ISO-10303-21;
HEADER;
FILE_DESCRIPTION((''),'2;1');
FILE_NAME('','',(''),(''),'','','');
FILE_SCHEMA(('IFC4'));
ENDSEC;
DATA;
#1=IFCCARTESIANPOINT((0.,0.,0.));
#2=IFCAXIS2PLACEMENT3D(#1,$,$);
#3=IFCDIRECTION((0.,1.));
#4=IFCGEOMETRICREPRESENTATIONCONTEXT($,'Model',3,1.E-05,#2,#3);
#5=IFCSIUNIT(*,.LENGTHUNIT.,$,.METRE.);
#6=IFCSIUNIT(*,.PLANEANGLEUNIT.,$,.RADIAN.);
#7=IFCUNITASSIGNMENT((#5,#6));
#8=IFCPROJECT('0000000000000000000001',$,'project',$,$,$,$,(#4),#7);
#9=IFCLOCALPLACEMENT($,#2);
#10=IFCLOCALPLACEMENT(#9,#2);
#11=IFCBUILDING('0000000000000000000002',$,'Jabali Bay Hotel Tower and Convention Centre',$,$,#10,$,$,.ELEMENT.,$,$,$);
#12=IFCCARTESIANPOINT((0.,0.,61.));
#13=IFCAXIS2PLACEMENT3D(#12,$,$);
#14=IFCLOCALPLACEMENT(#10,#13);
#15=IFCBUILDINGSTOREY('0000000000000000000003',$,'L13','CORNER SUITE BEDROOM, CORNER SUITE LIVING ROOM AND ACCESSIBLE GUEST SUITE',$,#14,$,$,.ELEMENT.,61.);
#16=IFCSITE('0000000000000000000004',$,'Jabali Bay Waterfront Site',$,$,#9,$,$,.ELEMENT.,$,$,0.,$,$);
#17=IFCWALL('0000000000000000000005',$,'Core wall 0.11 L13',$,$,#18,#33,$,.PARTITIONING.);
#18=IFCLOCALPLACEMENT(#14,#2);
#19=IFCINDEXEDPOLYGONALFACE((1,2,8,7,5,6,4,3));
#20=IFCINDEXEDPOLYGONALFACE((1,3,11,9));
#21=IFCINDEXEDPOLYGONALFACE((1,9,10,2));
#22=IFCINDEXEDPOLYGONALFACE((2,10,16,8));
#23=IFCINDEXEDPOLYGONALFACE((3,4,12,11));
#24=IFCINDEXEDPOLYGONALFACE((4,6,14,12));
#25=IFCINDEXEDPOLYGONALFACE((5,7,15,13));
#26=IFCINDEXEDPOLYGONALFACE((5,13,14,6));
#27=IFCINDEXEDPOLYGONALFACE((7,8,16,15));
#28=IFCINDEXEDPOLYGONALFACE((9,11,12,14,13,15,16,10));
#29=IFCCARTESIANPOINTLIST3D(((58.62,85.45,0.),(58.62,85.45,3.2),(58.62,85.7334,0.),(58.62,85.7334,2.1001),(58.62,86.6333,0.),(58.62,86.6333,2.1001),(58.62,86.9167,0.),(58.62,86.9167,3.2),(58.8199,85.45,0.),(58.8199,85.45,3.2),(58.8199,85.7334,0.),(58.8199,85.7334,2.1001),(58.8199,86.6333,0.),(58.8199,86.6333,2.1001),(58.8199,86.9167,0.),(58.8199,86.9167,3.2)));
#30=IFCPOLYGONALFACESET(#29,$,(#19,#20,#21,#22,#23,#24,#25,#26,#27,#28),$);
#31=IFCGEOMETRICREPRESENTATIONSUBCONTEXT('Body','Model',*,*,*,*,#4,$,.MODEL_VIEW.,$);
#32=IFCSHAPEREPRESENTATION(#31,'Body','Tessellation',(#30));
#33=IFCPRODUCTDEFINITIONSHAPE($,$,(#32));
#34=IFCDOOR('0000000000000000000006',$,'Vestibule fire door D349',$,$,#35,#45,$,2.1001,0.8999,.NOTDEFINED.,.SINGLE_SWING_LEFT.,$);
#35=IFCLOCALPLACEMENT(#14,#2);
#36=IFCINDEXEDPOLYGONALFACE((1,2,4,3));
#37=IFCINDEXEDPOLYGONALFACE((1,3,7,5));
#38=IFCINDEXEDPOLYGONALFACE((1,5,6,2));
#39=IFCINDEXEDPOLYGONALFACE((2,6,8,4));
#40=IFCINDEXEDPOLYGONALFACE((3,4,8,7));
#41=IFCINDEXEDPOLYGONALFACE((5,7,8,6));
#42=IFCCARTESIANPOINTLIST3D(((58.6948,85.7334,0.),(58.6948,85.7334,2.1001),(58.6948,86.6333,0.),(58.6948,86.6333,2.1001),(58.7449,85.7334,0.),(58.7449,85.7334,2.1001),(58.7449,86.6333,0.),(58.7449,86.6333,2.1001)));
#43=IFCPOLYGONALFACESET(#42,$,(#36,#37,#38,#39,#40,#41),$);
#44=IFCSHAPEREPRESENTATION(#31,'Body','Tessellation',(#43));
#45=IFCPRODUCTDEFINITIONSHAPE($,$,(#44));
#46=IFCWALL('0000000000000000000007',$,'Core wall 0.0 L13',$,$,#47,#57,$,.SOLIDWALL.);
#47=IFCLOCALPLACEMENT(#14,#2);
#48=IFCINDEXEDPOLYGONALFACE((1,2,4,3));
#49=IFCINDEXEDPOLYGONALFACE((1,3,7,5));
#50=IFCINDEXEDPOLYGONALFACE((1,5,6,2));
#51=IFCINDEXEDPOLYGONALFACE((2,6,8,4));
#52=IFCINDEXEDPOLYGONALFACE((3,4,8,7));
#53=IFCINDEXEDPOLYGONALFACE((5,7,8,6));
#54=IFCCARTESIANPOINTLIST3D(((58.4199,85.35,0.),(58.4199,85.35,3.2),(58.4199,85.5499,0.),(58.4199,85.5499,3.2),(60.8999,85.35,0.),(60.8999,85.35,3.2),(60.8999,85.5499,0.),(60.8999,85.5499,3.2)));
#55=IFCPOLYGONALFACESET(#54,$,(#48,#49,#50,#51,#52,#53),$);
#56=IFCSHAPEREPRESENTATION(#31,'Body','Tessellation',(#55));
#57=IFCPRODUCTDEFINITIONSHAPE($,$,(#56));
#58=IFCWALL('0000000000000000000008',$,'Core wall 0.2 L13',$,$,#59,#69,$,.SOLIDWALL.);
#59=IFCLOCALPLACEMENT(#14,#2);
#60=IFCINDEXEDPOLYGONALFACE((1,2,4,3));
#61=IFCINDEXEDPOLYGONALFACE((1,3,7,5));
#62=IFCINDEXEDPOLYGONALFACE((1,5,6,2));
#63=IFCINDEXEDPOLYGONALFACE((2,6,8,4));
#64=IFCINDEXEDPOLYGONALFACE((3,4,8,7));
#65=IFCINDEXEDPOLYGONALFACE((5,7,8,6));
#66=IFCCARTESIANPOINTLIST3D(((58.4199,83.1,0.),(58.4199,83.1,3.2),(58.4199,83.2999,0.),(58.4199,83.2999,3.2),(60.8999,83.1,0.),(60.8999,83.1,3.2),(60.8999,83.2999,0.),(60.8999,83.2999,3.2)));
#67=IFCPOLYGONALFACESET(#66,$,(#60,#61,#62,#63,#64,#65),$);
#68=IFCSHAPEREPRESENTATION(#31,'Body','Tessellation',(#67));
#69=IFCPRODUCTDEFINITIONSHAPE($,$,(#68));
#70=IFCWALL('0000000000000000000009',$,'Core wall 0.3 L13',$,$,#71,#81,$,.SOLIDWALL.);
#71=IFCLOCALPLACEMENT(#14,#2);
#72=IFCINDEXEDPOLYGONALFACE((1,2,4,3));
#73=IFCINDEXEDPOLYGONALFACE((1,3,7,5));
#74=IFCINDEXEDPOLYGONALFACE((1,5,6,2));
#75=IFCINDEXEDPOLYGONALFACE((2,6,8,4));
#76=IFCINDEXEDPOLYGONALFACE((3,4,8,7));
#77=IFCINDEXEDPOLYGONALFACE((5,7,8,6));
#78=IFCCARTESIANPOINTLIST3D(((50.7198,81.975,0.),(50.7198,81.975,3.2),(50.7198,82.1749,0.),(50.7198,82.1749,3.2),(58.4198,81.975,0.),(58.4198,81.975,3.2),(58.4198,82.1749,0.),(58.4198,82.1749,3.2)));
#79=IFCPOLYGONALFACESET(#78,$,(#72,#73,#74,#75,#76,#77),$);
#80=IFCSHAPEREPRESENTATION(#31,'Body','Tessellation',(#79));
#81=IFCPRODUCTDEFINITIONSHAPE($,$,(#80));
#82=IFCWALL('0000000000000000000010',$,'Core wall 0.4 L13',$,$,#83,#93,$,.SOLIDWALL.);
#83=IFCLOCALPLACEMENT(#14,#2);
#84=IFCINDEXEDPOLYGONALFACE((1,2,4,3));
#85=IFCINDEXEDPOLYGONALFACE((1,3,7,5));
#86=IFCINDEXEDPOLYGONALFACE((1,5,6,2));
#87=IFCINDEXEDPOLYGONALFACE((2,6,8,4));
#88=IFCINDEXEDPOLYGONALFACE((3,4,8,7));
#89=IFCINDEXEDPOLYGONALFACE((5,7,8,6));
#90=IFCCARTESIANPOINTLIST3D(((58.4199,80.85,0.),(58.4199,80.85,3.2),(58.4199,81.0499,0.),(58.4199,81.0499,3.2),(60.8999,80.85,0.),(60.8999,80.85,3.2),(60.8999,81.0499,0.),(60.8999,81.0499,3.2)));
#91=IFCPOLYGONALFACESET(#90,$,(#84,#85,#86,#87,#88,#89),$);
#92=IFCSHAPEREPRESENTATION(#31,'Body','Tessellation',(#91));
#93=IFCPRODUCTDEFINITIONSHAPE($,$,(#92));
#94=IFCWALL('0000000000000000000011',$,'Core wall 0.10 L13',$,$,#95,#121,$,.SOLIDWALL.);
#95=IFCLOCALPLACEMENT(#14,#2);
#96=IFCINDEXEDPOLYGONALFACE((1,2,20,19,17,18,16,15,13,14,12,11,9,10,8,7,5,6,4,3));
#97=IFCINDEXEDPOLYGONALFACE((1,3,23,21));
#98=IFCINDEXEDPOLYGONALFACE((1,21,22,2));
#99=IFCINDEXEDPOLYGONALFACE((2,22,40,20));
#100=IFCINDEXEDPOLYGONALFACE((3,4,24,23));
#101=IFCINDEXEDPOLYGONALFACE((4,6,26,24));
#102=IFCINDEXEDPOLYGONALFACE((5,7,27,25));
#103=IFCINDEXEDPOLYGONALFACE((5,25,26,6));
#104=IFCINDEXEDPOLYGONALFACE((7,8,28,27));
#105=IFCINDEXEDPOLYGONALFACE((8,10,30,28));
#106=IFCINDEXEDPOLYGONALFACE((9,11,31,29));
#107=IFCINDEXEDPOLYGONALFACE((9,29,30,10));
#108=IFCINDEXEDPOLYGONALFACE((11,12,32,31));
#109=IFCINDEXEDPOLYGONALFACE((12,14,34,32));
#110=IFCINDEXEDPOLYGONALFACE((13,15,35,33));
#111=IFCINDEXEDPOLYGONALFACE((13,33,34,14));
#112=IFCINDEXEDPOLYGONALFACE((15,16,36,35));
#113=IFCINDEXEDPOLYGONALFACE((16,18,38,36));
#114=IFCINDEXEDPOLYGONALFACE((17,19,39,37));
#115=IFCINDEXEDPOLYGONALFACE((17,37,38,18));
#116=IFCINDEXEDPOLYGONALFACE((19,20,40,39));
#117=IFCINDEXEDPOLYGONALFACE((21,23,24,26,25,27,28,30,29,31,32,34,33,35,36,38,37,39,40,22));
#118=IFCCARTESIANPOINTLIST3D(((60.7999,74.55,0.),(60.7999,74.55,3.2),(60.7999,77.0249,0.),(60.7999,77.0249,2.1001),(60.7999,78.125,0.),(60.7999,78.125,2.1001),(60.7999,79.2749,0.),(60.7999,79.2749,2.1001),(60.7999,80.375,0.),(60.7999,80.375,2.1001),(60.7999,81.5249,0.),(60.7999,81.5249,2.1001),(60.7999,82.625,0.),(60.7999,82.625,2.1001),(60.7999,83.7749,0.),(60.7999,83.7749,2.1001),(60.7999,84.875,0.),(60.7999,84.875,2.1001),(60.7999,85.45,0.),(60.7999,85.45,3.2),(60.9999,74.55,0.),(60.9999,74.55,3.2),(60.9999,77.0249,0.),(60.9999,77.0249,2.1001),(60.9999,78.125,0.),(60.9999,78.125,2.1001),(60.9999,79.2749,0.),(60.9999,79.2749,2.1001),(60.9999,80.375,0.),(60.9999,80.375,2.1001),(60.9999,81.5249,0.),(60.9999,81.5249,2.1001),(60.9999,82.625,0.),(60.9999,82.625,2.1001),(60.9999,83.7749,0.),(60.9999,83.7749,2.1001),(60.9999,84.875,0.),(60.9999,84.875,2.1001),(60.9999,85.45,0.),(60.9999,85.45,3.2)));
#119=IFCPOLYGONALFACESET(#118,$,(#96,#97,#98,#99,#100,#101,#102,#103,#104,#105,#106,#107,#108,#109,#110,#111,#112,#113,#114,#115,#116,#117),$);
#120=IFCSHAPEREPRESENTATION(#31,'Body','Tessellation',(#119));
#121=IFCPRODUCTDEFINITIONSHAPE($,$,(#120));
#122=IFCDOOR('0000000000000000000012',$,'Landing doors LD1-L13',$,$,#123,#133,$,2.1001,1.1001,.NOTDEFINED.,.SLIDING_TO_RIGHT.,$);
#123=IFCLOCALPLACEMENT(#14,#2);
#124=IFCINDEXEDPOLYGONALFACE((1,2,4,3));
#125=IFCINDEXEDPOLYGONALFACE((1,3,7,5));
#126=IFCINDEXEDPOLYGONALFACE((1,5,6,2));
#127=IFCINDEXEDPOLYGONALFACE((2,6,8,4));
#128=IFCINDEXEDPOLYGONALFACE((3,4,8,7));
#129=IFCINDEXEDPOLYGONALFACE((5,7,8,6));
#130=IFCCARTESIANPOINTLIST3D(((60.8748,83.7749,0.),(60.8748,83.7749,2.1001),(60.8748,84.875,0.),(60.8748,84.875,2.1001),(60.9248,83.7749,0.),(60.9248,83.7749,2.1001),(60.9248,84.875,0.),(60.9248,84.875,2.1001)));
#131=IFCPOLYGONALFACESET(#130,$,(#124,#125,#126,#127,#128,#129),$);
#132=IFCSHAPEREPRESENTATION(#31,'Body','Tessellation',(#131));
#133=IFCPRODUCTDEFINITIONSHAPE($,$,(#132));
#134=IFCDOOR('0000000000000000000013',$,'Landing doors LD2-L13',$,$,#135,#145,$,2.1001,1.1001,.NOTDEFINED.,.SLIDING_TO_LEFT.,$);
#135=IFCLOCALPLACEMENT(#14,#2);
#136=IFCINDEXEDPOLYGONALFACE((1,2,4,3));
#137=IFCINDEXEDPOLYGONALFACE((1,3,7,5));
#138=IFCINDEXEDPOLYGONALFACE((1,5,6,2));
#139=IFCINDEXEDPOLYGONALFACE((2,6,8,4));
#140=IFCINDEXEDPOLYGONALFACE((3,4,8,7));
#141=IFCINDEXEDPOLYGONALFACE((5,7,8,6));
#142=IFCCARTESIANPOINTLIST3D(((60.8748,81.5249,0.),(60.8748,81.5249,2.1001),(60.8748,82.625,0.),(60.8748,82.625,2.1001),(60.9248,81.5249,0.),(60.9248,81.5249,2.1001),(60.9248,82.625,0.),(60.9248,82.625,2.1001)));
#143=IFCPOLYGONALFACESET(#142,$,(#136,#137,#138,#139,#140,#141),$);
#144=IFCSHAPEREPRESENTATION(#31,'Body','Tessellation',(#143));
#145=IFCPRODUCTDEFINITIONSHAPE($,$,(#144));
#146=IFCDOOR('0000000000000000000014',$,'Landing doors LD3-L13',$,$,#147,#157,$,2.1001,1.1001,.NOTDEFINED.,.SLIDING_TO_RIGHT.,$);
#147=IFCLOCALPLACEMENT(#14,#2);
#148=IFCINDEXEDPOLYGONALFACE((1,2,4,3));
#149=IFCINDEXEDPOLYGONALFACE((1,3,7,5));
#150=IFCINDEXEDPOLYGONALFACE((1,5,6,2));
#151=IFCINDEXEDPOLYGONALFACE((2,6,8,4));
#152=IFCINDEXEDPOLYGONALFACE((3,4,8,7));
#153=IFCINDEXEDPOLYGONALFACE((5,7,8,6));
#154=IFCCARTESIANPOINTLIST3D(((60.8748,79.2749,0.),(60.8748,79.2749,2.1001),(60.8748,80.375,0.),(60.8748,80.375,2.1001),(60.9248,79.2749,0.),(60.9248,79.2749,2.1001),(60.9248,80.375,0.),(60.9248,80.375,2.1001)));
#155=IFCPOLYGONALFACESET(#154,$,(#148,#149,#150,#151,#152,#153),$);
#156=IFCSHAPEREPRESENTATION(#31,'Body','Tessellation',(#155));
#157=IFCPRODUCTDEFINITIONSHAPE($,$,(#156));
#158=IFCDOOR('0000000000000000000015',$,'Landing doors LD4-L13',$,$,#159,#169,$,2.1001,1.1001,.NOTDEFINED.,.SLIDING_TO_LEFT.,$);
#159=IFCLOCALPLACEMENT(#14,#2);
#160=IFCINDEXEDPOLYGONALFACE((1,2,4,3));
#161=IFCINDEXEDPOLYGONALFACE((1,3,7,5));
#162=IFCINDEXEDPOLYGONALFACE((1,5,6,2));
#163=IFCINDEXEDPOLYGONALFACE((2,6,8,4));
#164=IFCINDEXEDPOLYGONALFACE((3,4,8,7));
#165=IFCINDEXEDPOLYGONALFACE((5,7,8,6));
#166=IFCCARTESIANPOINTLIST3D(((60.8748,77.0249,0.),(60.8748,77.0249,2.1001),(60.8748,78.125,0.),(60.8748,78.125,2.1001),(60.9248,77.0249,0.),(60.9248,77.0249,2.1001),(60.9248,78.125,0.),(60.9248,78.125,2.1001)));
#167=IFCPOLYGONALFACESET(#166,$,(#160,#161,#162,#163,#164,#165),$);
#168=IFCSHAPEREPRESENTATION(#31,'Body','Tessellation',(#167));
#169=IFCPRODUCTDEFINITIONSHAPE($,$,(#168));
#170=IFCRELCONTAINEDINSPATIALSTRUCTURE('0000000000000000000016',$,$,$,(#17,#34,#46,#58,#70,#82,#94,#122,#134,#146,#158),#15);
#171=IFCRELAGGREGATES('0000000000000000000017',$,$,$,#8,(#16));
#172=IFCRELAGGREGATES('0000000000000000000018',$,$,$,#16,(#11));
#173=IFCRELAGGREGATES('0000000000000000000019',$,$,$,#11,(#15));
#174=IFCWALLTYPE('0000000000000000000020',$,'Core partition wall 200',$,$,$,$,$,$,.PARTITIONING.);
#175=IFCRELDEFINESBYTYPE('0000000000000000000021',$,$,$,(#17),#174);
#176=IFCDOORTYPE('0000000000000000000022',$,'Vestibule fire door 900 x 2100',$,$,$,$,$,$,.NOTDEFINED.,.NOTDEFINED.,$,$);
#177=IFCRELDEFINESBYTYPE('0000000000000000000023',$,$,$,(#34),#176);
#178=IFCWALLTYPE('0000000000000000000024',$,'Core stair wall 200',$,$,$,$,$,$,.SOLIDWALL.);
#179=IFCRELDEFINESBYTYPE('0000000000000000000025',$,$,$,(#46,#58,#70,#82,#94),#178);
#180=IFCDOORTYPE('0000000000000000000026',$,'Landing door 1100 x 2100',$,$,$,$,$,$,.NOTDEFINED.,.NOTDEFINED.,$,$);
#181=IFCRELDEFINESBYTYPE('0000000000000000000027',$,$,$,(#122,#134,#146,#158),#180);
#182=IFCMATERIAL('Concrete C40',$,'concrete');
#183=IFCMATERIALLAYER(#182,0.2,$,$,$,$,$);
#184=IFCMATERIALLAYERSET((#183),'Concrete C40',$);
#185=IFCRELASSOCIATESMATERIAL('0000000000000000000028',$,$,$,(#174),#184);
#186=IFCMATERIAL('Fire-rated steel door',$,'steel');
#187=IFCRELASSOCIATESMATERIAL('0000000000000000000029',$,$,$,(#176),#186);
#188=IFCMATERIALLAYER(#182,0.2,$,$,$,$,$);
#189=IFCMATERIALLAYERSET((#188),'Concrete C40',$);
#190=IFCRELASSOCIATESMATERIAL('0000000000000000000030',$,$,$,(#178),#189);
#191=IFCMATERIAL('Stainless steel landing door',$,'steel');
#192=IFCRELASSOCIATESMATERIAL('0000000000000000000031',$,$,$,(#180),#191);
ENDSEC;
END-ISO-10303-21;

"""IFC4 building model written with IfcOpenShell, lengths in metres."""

from ifc_helpers import new_model, si_unit, direction, frame, frame_2d, origin, place, context, subcontext, project, spatial, rectangle, extrude, material, layer, layer_set, type_object, element, fill, save


model = new_model("IFC4")

# Units and contexts
model_context = context("Model", 3, precision=1e-05, world=origin(), true_north=direction((0.0, 1.0)))
body_context = subcontext(model_context, "Body", "Model", "MODEL_VIEW")
ifc_project = project(units=[si_unit("LENGTHUNIT", "METRE"), si_unit("PLANEANGLEUNIT", "RADIAN")], contexts=[model_context])

# Site, building, storey
site_placement = place(None, origin())
site = spatial("IfcSite", under=ifc_project, at=site_placement, Name="Jabali Bay Waterfront Site", CompositionType="ELEMENT", RefElevation=0.0)
building_placement = place(site_placement, origin())
building = spatial("IfcBuilding", under=site, at=building_placement, Name="Jabali Bay Hotel Tower and Convention Centre", CompositionType="ELEMENT")
storey_placement = place(building_placement, frame((0.0, 0.0, 61.0)))
storey = spatial("IfcBuildingStorey", under=building, at=storey_placement, Name="L13", Description="CORNER SUITE BEDROOM, CORNER SUITE LIVING ROOM AND ACCESSIBLE GUEST SUITE", CompositionType="ELEMENT", Elevation=61.0)

# Wall, opening, door
ifc_material_1 = material(Name="Concrete C40", Category="concrete")
ifc_layer_1 = layer(ifc_material_1, 0.2)
ifc_layer_set_1 = layer_set([ifc_layer_1], Name="Concrete C40")
wall_type_1 = type_object("IfcWallType", Name="Core partition wall 200", PredefinedType="PARTITIONING", material=ifc_layer_set_1)
wall_1_placement = place(storey_placement, frame((58.72, 86.9167, 0.0), z_axis=(0.0, 0.0, 1.0), x_axis=(0.0, -1.0, 0.0)))
wall_1 = element("IfcWall", 1, at=wall_1_placement, inside=storey, type_object=wall_type_1, Name="Core wall 0.11 L13", PredefinedType="PARTITIONING", context=body_context, shape_type="SweptSolid", body=[
    extrude(rectangle(XDim=1.4668, YDim=0.2, at=frame_2d((0.7334, 0.0))), origin(), (0.0, 0.0, 1.0), 3.2),
])
opening_1_placement = place(wall_1_placement, frame((0.2834, 0.0, 0.0)))
opening_1 = element("IfcOpeningElement", 2, at=opening_1_placement, cuts=wall_1, PredefinedType="OPENING", context=body_context, shape_type="SweptSolid", body=[
    extrude(rectangle(XDim=0.8999, YDim=2.1001, at=frame_2d((0.45, 1.05))), frame((0.0, 0.1104, 0.0), z_axis=(0.0, -1.0, 0.0), x_axis=(1.0, 0.0, 0.0)), (0.0, 0.0, 1.0), 0.2209),
])
ifc_material_2 = material(Name="Fire-rated steel door", Category="steel")
door_type_1 = type_object("IfcDoorType", Name="Vestibule fire door 900 x 2100", OperationType="NOTDEFINED", PredefinedType="NOTDEFINED", material=ifc_material_2)
door_1_placement = place(opening_1_placement, origin())
door_1 = element("IfcDoor", 3, at=door_1_placement, inside=storey, type_object=door_type_1, Name="Vestibule fire door D349", OperationType="SINGLE_SWING_LEFT", OverallHeight=2.1001, OverallWidth=0.8999, PredefinedType="NOTDEFINED", context=body_context, shape_type="SweptSolid", body=[
    extrude(rectangle(XDim=0.8999, YDim=2.1001, at=frame_2d((0.45, 1.05))), frame((0.0, 0.0249, 0.0), z_axis=(0.0, -1.0, 0.0), x_axis=(1.0, 0.0, 0.0)), (0.0, 0.0, 1.0), 0.05),
])
fill(opening_1, door_1)

# Walls
ifc_layer_2 = layer(ifc_material_1, 0.2)
ifc_layer_set_2 = layer_set([ifc_layer_2], Name="Concrete C40")
wall_type_2 = type_object("IfcWallType", Name="Core stair wall 200", PredefinedType="SOLIDWALL", material=ifc_layer_set_2)
for number, where, z_axis, x_axis, name in (
    (4, (60.8999, 85.45, 0.0), (0.0, 0.0, 1.0), (-1.0, 0.0, 0.0), "Core wall 0.0 L13"),
    (5, (60.8999, 83.2, 0.0), (0.0, 0.0, 1.0), (-1.0, 0.0, 0.0), "Core wall 0.2 L13"),
):
    element("IfcWall", number, at=place(storey_placement, frame(where, z_axis=z_axis, x_axis=x_axis)), inside=storey, type_object=wall_type_2, Name=name, PredefinedType="SOLIDWALL", context=body_context, shape_type="SweptSolid", body=[
        extrude(rectangle(XDim=2.48, YDim=0.2, at=frame_2d((1.24, 0.0))), origin(), (0.0, 0.0, 1.0), 3.2),
    ])
wall_2_placement = place(storey_placement, frame((58.4199, 82.075, 0.0), z_axis=(0.0, 0.0, 1.0), x_axis=(-1.0, 0.0, 0.0)))
element("IfcWall", 6, at=wall_2_placement, inside=storey, type_object=wall_type_2, Name="Core wall 0.3 L13", PredefinedType="SOLIDWALL", context=body_context, shape_type="SweptSolid", body=[
    extrude(rectangle(XDim=7.7, YDim=0.2, at=frame_2d((3.8501, 0.0))), origin(), (0.0, 0.0, 1.0), 3.2),
])
wall_3_placement = place(storey_placement, frame((60.8999, 80.95, 0.0), z_axis=(0.0, 0.0, 1.0), x_axis=(-1.0, 0.0, 0.0)))
element("IfcWall", 7, at=wall_3_placement, inside=storey, type_object=wall_type_2, Name="Core wall 0.4 L13", PredefinedType="SOLIDWALL", context=body_context, shape_type="SweptSolid", body=[
    extrude(rectangle(XDim=2.48, YDim=0.2, at=frame_2d((1.24, 0.0))), origin(), (0.0, 0.0, 1.0), 3.2),
])

# Wall, openings, doors
wall_4_placement = place(storey_placement, frame((60.8999, 85.45, 0.0), z_axis=(0.0, 0.0, 1.0), x_axis=(0.0, -1.0, 0.0)))
wall_4 = element("IfcWall", 8, at=wall_4_placement, inside=storey, type_object=wall_type_2, Name="Core wall 0.10 L13", PredefinedType="SOLIDWALL", context=body_context, shape_type="SweptSolid", body=[
    extrude(rectangle(XDim=10.8999, YDim=0.2, at=frame_2d((5.45, 0.0))), origin(), (0.0, 0.0, 1.0), 3.2),
])
opening_2_placement = place(wall_4_placement, frame((0.575, 0.0, 0.0)))
opening_2 = element("IfcOpeningElement", 9, at=opening_2_placement, cuts=wall_4, PredefinedType="OPENING", context=body_context, shape_type="SweptSolid", body=[
    extrude(rectangle(XDim=1.1001, YDim=2.1001, at=frame_2d((0.55, 1.05))), frame((0.0, 0.1104, 0.0), z_axis=(0.0, -1.0, 0.0), x_axis=(1.0, 0.0, 0.0)), (0.0, 0.0, 1.0), 0.2209),
])
opening_3_placement = place(wall_4_placement, frame((2.825, 0.0, 0.0)))
opening_3 = element("IfcOpeningElement", 10, at=opening_3_placement, cuts=wall_4, PredefinedType="OPENING", context=body_context, shape_type="SweptSolid", body=[
    extrude(rectangle(XDim=1.1001, YDim=2.1001, at=frame_2d((0.55, 1.05))), frame((0.0, 0.1104, 0.0), z_axis=(0.0, -1.0, 0.0), x_axis=(1.0, 0.0, 0.0)), (0.0, 0.0, 1.0), 0.2209),
])
opening_4_placement = place(wall_4_placement, frame((5.075, 0.0, 0.0)))
opening_4 = element("IfcOpeningElement", 11, at=opening_4_placement, cuts=wall_4, PredefinedType="OPENING", context=body_context, shape_type="SweptSolid", body=[
    extrude(rectangle(XDim=1.1001, YDim=2.1001, at=frame_2d((0.55, 1.05))), frame((0.0, 0.1104, 0.0), z_axis=(0.0, -1.0, 0.0), x_axis=(1.0, 0.0, 0.0)), (0.0, 0.0, 1.0), 0.2209),
])
opening_5_placement = place(wall_4_placement, frame((7.325, 0.0, 0.0)))
opening_5 = element("IfcOpeningElement", 12, at=opening_5_placement, cuts=wall_4, PredefinedType="OPENING", context=body_context, shape_type="SweptSolid", body=[
    extrude(rectangle(XDim=1.1001, YDim=2.1001, at=frame_2d((0.55, 1.05))), frame((0.0, 0.1104, 0.0), z_axis=(0.0, -1.0, 0.0), x_axis=(1.0, 0.0, 0.0)), (0.0, 0.0, 1.0), 0.2209),
])
ifc_material_3 = material(Name="Stainless steel landing door", Category="steel")
door_type_2 = type_object("IfcDoorType", Name="Landing door 1100 x 2100", OperationType="NOTDEFINED", PredefinedType="NOTDEFINED", material=ifc_material_3)
door_2_placement = place(opening_2_placement, origin())
door_2 = element("IfcDoor", 13, at=door_2_placement, inside=storey, type_object=door_type_2, Name="Landing doors LD1-L13", OperationType="SLIDING_TO_RIGHT", OverallHeight=2.1001, OverallWidth=1.1001, PredefinedType="NOTDEFINED", context=body_context, shape_type="SweptSolid", body=[
    extrude(rectangle(XDim=1.1001, YDim=2.1001, at=frame_2d((0.55, 1.05))), frame((0.0, 0.0249, 0.0), z_axis=(0.0, -1.0, 0.0), x_axis=(1.0, 0.0, 0.0)), (0.0, 0.0, 1.0), 0.05),
])
fill(opening_2, door_2)
door_3_placement = place(opening_3_placement, origin())
door_3 = element("IfcDoor", 14, at=door_3_placement, inside=storey, type_object=door_type_2, Name="Landing doors LD2-L13", OperationType="SLIDING_TO_LEFT", OverallHeight=2.1001, OverallWidth=1.1001, PredefinedType="NOTDEFINED", context=body_context, shape_type="SweptSolid", body=[
    extrude(rectangle(XDim=1.1001, YDim=2.1001, at=frame_2d((0.55, 1.05))), frame((0.0, 0.0249, 0.0), z_axis=(0.0, -1.0, 0.0), x_axis=(1.0, 0.0, 0.0)), (0.0, 0.0, 1.0), 0.05),
])
fill(opening_3, door_3)
door_4_placement = place(opening_4_placement, origin())
door_4 = element("IfcDoor", 15, at=door_4_placement, inside=storey, type_object=door_type_2, Name="Landing doors LD3-L13", OperationType="SLIDING_TO_RIGHT", OverallHeight=2.1001, OverallWidth=1.1001, PredefinedType="NOTDEFINED", context=body_context, shape_type="SweptSolid", body=[
    extrude(rectangle(XDim=1.1001, YDim=2.1001, at=frame_2d((0.55, 1.05))), frame((0.0, 0.0249, 0.0), z_axis=(0.0, -1.0, 0.0), x_axis=(1.0, 0.0, 0.0)), (0.0, 0.0, 1.0), 0.05),
])
fill(opening_4, door_4)
door_5_placement = place(opening_5_placement, origin())
door_5 = element("IfcDoor", 16, at=door_5_placement, inside=storey, type_object=door_type_2, Name="Landing doors LD4-L13", OperationType="SLIDING_TO_LEFT", OverallHeight=2.1001, OverallWidth=1.1001, PredefinedType="NOTDEFINED", context=body_context, shape_type="SweptSolid", body=[
    extrude(rectangle(XDim=1.1001, YDim=2.1001, at=frame_2d((0.55, 1.05))), frame((0.0, 0.0249, 0.0), z_axis=(0.0, -1.0, 0.0), x_axis=(1.0, 0.0, 0.0)), (0.0, 0.0, 1.0), 0.05),
])
fill(opening_5, door_5)

save(model, "model.ifc")
